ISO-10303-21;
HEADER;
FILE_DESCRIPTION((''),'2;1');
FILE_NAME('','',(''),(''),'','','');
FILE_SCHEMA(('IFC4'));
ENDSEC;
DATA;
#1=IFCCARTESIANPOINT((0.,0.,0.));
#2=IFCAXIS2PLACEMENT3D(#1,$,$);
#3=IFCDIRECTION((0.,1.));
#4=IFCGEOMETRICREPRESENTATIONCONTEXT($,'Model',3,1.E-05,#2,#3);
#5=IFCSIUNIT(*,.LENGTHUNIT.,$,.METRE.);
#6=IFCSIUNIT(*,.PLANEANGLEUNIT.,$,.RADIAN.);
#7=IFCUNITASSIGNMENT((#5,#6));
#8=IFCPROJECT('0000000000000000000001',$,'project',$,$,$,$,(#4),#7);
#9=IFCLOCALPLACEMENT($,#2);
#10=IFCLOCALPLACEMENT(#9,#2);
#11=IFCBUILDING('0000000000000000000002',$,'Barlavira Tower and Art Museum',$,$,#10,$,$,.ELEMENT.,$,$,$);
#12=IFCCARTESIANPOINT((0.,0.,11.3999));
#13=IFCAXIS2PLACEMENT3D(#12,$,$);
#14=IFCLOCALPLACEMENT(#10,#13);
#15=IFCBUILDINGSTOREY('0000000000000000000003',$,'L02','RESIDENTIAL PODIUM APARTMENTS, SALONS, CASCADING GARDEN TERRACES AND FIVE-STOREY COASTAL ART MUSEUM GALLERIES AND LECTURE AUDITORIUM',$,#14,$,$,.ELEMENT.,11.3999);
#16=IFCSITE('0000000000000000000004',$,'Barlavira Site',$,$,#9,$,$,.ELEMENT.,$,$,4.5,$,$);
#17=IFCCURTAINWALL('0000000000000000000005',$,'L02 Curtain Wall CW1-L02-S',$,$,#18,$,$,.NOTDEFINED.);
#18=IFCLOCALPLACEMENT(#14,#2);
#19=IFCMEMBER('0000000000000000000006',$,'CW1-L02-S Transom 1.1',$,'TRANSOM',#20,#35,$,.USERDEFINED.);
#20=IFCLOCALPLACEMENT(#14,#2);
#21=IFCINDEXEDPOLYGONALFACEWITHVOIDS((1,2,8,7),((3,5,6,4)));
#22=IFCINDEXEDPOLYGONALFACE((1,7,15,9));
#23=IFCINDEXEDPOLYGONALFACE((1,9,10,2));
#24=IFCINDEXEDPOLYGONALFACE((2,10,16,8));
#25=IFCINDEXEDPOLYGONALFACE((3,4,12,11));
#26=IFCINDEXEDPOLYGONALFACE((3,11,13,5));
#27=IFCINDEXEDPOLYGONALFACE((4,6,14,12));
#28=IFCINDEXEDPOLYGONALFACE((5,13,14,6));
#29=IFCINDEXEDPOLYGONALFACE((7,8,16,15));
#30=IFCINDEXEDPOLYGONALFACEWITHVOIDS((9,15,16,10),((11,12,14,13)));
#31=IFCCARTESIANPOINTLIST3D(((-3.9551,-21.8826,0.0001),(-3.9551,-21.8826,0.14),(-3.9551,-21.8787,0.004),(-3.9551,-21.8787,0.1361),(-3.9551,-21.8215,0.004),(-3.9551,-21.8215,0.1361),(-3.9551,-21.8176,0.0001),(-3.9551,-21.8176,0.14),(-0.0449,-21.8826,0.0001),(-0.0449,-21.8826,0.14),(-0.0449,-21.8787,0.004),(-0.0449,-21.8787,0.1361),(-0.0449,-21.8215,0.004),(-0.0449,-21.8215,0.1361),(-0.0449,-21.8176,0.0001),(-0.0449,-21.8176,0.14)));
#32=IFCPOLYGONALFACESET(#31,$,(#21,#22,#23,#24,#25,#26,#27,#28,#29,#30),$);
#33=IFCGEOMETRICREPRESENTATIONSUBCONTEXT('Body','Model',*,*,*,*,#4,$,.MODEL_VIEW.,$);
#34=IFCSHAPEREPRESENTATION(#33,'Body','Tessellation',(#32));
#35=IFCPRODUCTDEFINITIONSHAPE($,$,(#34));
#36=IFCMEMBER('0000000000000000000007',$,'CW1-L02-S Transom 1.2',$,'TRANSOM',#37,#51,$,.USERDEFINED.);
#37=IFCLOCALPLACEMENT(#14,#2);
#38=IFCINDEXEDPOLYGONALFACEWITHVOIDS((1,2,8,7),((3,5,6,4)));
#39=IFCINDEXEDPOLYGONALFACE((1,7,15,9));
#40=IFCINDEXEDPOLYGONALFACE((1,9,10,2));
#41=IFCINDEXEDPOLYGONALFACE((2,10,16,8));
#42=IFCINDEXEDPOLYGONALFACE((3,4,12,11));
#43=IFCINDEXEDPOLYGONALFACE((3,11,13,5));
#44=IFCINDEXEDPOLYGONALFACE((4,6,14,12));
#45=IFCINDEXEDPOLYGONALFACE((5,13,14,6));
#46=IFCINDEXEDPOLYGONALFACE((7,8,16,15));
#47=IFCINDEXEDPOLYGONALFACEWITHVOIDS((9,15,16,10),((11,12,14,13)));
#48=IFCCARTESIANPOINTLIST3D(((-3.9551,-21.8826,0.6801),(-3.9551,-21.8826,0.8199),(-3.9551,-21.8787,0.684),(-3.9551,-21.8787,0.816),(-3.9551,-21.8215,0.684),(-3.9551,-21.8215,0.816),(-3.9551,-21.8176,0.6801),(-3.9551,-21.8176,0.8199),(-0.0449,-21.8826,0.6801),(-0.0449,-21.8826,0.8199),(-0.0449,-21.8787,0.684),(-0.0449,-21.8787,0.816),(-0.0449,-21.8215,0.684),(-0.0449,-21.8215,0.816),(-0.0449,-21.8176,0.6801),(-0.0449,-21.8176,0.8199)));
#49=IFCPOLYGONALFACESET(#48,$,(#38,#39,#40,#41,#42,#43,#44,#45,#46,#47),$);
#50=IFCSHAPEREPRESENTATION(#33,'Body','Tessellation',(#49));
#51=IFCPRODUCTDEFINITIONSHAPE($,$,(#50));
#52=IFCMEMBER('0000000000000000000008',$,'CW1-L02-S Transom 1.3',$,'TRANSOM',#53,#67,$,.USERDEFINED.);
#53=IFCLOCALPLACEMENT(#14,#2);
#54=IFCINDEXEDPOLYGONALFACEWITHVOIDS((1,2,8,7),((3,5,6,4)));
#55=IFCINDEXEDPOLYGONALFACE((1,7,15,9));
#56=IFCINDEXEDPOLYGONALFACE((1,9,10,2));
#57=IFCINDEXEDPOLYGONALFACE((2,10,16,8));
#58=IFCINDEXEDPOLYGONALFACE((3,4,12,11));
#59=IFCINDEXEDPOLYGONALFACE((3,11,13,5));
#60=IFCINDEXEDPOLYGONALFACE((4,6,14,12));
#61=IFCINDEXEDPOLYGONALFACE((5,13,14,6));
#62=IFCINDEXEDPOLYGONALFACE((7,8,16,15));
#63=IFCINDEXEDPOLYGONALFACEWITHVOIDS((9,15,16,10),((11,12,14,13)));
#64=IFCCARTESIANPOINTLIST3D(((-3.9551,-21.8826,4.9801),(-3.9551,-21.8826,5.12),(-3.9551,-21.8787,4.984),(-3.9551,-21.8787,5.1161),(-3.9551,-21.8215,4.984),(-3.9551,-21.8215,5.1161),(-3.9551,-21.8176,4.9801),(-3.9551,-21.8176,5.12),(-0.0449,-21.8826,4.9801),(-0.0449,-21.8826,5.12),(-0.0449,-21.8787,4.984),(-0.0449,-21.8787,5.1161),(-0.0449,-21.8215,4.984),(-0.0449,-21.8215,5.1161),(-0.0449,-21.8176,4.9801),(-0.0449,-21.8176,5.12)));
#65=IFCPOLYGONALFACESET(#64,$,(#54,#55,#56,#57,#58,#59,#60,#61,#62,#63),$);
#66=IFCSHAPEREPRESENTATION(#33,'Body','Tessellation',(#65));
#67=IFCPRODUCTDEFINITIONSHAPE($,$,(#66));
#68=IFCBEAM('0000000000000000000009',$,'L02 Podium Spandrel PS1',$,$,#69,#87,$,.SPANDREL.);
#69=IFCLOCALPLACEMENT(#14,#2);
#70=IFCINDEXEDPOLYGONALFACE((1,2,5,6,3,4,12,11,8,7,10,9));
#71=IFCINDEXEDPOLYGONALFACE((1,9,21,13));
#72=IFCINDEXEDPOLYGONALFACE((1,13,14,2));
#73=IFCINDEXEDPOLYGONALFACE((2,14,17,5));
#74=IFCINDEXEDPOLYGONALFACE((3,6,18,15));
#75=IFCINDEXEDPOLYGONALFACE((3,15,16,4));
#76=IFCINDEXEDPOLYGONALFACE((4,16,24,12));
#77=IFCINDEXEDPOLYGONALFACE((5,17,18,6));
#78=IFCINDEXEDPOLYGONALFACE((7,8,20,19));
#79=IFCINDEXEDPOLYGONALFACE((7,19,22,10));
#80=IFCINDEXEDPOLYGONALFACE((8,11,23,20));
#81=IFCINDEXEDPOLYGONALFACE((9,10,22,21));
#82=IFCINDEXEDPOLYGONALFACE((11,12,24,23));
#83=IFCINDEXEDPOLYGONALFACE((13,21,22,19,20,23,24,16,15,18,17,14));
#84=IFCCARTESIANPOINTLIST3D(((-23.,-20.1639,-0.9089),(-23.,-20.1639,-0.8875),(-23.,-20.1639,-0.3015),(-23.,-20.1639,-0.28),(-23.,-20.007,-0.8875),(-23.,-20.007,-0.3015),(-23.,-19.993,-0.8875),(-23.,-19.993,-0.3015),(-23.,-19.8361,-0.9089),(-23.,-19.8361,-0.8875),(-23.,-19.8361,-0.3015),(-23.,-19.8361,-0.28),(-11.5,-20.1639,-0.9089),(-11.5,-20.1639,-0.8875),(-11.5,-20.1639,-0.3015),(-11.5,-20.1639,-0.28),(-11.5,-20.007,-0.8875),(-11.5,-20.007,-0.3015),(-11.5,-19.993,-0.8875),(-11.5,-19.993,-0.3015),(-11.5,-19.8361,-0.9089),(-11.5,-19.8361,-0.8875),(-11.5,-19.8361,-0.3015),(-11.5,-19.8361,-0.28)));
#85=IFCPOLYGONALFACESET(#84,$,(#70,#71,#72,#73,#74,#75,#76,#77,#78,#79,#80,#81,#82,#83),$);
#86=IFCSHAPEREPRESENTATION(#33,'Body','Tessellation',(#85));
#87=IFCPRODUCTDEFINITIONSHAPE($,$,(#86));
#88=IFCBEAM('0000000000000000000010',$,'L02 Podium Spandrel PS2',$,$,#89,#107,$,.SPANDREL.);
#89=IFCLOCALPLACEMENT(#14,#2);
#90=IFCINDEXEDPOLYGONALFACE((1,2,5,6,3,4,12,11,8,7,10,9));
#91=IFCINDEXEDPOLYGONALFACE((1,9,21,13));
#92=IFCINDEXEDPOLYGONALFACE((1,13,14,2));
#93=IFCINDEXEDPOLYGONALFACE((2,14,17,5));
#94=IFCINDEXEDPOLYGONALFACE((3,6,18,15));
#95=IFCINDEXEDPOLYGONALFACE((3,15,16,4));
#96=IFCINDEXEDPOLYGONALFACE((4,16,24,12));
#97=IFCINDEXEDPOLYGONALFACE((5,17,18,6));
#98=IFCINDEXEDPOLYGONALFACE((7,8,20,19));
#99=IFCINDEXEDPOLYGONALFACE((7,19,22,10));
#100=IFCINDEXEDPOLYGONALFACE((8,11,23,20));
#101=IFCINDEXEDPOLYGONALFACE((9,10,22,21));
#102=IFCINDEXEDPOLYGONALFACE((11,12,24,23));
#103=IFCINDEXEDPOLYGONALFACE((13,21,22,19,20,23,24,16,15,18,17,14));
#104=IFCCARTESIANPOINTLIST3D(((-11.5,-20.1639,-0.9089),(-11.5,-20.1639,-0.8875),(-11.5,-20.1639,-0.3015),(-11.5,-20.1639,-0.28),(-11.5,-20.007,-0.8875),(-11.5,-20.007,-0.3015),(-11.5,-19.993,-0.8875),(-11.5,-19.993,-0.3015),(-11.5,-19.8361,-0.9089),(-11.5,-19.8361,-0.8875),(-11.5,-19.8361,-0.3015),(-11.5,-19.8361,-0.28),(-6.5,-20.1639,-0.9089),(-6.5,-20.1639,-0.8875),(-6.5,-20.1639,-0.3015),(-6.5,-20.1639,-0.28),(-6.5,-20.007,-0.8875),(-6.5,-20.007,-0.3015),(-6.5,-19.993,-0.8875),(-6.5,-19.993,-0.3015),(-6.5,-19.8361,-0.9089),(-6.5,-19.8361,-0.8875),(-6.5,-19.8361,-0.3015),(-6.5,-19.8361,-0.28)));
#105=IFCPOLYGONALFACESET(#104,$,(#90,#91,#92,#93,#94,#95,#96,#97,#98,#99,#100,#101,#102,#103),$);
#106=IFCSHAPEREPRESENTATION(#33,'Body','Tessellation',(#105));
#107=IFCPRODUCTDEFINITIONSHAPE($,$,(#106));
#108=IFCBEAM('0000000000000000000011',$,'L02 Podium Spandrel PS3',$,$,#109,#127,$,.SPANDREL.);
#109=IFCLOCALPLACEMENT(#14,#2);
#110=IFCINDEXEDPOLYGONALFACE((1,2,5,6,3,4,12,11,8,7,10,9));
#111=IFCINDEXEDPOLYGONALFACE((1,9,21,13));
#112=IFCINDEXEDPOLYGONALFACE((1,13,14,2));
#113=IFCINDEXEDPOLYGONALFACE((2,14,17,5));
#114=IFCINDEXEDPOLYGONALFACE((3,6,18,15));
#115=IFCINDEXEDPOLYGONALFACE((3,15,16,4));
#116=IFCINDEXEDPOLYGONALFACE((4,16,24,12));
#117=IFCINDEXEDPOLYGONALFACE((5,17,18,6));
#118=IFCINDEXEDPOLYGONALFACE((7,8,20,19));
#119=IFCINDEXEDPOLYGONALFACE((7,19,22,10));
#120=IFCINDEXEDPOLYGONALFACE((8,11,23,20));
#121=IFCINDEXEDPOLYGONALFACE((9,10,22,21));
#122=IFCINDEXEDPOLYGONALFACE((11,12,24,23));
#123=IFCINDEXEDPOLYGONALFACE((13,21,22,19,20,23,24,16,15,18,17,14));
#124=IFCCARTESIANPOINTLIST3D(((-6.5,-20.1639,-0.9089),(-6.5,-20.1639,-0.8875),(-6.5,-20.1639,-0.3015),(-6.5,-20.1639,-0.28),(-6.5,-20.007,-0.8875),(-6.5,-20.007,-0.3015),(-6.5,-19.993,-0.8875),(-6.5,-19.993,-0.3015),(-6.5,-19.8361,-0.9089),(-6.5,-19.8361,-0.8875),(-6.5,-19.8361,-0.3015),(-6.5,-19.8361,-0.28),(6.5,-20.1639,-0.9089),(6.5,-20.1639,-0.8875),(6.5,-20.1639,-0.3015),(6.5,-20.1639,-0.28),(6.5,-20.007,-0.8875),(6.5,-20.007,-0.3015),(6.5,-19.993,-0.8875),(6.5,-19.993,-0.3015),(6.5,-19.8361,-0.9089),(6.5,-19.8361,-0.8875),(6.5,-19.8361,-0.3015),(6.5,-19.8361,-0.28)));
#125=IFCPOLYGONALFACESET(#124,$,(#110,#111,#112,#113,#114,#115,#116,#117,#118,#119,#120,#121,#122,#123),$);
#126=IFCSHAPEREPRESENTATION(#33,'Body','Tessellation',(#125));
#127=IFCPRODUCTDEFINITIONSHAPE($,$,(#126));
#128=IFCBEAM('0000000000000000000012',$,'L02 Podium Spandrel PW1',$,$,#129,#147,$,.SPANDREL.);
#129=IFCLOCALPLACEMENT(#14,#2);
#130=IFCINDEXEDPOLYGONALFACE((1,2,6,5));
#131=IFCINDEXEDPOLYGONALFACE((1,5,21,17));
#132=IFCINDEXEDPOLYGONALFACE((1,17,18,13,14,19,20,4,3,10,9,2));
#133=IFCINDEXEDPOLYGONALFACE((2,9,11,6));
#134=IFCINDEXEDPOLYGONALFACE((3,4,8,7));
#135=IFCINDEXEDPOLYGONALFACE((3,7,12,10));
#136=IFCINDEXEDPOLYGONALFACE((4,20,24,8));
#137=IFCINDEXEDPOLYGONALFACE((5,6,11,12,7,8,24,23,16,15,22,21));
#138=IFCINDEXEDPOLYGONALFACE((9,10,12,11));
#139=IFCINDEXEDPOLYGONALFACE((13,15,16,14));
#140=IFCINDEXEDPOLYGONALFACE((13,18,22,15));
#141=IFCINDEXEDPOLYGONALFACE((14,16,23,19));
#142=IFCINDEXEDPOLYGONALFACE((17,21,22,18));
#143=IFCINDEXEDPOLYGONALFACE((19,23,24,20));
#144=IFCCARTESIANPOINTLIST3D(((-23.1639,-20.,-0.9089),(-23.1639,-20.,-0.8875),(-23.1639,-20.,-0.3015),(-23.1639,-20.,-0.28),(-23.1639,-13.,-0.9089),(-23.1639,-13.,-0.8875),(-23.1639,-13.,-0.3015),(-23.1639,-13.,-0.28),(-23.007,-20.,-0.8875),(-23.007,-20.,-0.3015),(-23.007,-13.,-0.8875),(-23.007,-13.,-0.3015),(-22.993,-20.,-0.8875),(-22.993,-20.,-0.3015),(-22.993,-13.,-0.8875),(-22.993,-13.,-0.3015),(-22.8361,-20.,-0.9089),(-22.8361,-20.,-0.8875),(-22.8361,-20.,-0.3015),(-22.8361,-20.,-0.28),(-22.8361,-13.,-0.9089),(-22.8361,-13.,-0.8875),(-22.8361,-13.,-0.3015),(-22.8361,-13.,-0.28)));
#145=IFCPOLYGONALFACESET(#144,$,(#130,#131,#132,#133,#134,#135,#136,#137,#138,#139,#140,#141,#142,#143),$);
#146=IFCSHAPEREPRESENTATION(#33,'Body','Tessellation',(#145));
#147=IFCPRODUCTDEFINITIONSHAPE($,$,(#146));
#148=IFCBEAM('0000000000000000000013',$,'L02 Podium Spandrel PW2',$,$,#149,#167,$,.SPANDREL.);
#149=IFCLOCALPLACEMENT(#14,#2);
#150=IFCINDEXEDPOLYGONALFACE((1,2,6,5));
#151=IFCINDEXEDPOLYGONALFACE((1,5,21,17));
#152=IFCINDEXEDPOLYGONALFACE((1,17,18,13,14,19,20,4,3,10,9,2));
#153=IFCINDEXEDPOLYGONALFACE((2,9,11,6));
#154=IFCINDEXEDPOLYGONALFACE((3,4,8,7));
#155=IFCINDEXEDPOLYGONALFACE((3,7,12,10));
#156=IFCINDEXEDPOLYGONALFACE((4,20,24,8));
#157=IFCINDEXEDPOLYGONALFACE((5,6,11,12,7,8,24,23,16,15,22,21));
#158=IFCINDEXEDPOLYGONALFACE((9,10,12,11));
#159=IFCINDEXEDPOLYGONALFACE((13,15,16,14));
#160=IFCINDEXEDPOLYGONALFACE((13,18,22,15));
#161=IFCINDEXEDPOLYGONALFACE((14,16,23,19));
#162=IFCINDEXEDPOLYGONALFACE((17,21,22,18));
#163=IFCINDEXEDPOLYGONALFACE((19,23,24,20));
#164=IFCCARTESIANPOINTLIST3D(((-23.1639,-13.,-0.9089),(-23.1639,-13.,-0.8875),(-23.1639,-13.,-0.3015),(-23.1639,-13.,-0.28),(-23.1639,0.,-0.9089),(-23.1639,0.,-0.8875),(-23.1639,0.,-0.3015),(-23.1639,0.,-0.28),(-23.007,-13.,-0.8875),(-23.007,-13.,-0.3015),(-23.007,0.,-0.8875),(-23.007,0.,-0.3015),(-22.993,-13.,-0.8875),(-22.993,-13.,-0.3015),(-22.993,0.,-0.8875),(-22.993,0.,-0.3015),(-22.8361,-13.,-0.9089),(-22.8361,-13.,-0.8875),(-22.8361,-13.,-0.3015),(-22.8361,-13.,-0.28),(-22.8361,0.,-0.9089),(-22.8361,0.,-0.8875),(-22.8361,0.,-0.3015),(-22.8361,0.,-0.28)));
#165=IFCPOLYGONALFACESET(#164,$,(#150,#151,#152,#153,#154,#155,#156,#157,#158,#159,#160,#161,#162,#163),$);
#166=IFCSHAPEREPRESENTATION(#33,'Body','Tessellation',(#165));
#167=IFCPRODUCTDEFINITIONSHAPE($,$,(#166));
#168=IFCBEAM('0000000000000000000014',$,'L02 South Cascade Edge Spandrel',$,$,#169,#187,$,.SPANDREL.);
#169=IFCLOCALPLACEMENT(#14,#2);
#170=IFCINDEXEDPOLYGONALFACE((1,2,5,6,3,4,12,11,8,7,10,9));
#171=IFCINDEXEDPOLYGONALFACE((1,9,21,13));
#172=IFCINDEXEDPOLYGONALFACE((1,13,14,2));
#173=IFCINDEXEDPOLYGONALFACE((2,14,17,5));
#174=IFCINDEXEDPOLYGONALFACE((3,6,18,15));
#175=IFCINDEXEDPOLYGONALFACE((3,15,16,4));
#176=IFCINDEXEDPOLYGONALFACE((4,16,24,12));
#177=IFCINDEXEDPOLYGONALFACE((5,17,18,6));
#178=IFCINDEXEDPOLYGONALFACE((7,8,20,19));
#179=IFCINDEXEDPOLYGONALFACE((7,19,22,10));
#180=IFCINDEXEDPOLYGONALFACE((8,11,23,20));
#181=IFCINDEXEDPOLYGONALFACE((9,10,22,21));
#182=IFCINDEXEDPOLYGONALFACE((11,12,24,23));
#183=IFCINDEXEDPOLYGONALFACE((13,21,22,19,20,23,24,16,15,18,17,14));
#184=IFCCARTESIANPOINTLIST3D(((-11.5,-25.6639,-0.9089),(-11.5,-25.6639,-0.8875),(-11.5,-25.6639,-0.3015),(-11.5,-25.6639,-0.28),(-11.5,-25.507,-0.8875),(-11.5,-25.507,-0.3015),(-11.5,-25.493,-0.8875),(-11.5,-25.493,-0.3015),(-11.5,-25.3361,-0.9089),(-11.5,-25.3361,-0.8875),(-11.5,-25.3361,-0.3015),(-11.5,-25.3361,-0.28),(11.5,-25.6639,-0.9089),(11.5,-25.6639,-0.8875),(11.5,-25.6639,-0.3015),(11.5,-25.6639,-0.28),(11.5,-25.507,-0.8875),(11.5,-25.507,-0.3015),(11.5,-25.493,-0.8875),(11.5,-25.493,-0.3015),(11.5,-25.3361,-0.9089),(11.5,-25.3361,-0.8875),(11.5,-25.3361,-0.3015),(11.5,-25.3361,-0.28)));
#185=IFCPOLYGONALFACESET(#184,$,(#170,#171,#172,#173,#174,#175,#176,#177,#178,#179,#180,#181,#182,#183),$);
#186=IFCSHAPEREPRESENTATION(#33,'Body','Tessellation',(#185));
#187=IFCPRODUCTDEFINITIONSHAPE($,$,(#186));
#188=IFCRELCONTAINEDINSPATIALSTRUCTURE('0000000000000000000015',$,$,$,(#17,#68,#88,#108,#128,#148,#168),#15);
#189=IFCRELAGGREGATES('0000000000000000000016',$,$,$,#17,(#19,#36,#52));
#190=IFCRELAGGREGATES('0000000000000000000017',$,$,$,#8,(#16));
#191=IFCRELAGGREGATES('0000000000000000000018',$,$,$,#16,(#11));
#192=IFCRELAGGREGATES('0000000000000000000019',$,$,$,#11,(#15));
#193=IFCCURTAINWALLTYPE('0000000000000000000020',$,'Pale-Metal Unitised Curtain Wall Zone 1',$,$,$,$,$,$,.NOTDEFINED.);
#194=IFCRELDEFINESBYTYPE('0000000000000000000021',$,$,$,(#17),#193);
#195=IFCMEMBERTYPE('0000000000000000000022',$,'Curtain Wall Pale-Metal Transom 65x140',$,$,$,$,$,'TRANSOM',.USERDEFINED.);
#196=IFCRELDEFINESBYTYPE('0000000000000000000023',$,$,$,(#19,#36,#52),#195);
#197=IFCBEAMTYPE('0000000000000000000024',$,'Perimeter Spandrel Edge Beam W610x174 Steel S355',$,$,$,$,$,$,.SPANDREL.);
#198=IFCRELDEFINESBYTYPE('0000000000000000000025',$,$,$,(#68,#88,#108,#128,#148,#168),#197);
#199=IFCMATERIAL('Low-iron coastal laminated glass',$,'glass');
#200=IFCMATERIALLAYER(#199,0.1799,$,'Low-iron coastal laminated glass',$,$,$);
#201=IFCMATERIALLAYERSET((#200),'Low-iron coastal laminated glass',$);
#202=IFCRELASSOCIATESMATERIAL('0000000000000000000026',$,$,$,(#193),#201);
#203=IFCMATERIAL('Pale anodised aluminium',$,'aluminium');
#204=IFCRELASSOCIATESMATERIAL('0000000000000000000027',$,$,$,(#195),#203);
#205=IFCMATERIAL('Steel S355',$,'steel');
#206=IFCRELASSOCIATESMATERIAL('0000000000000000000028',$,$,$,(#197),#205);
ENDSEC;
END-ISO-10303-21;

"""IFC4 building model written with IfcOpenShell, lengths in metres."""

from ifc_helpers import new_model, si_unit, direction, frame, origin, origin_2d, place, context, subcontext, project, spatial, hollow_rectangle, i_section, extrude, material, layer, layer_set, material_profile, profile_set, type_object, element, aggregate, save


model = new_model("IFC4")

# Units and contexts
model_context = context("Model", 3, precision=1e-05, world=origin(), true_north=direction((0.0, 1.0)))
body_context = subcontext(model_context, "Body", "Model", "MODEL_VIEW")
ifc_project = project(units=[si_unit("LENGTHUNIT", "METRE"), si_unit("PLANEANGLEUNIT", "RADIAN")], contexts=[model_context])

# Site, building, storey
site_placement = place(None, origin())
site = spatial("IfcSite", under=ifc_project, at=site_placement, Name="Barlavira Site", CompositionType="ELEMENT", RefElevation=4.5)
building_placement = place(site_placement, origin())
building = spatial("IfcBuilding", under=site, at=building_placement, Name="Barlavira Tower and Art Museum", CompositionType="ELEMENT")
storey_placement = place(building_placement, frame((0.0, 0.0, 11.3999)))
storey = spatial("IfcBuildingStorey", under=building, at=storey_placement, Name="L02", Description="RESIDENTIAL PODIUM APARTMENTS, SALONS, CASCADING GARDEN TERRACES AND FIVE-STOREY COASTAL ART MUSEUM GALLERIES AND LECTURE AUDITORIUM", CompositionType="ELEMENT", Elevation=11.3999)

# Curtain wall, members
ifc_material_1 = material(Name="Low-iron coastal laminated glass", Category="glass")
ifc_layer_1 = layer(ifc_material_1, 0.1799, Name="Low-iron coastal laminated glass")
ifc_layer_set_1 = layer_set([ifc_layer_1], Name="Low-iron coastal laminated glass")
curtain_wall_type = type_object("IfcCurtainWallType", Name="Pale-Metal Unitised Curtain Wall Zone 1", PredefinedType="NOTDEFINED", material=ifc_layer_set_1)
curtain_wall_placement = place(storey_placement, origin())
curtain_wall = element("IfcCurtainWall", 1, at=curtain_wall_placement, inside=storey, type_object=curtain_wall_type, Name="L02 Curtain Wall CW1-L02-S", PredefinedType="NOTDEFINED")
ifc_material_2 = material(Name="Pale anodised aluminium", Category="aluminium")
ifc_material_profile_1 = material_profile(ifc_material_2, hollow_rectangle(XDim=0.0649, YDim=0.1399, WallThickness=0.0039, at=origin_2d()), Name="ALU-TRAN 65x140x4")
ifc_profile_set_1 = profile_set([ifc_material_profile_1], Name="Pale anodised aluminium")
member_type_1 = type_object("IfcMemberType", Name="Curtain Wall Pale-Metal Transom 65x140", ElementType="TRANSOM", PredefinedType="USERDEFINED", material=ifc_profile_set_1)
member_1_placement = place(storey_placement, frame((-3.9551, -21.8501, 0.0701), z_axis=(1.0, 0.0, 0.0), x_axis=(0.0, 1.0, 0.0)))
member_1 = element("IfcMember", 2, at=member_1_placement, type_object=member_type_1, Name="CW1-L02-S Transom 1.1", ObjectType="TRANSOM", PredefinedType="USERDEFINED", context=body_context, shape_type="SweptSolid", body=[
    extrude(hollow_rectangle(XDim=0.0649, YDim=0.1399, WallThickness=0.0039, at=origin_2d()), origin(), (0.0, 0.0, 1.0), 3.9102),
])
member_2_placement = place(storey_placement, frame((-3.9551, -21.8501, 0.75), z_axis=(1.0, 0.0, 0.0), x_axis=(0.0, 1.0, 0.0)))
member_2 = element("IfcMember", 3, at=member_2_placement, type_object=member_type_1, Name="CW1-L02-S Transom 1.2", ObjectType="TRANSOM", PredefinedType="USERDEFINED", context=body_context, shape_type="SweptSolid", body=[
    extrude(hollow_rectangle(XDim=0.0649, YDim=0.1399, WallThickness=0.0039, at=origin_2d()), origin(), (0.0, 0.0, 1.0), 3.9102),
])
member_3_placement = place(storey_placement, frame((-3.9551, -21.8501, 5.05), z_axis=(1.0, 0.0, 0.0), x_axis=(0.0, 1.0, 0.0)))
member_3 = element("IfcMember", 4, at=member_3_placement, type_object=member_type_1, Name="CW1-L02-S Transom 1.3", ObjectType="TRANSOM", PredefinedType="USERDEFINED", context=body_context, shape_type="SweptSolid", body=[
    extrude(hollow_rectangle(XDim=0.0649, YDim=0.1399, WallThickness=0.0039, at=origin_2d()), origin(), (0.0, 0.0, 1.0), 3.9102),
])

# Beams
ifc_material_3 = material(Name="Steel S355", Category="steel")
ifc_material_profile_2 = material_profile(ifc_material_3, i_section(OverallWidth=0.3279, OverallDepth=0.6289, WebThickness=0.0139, FlangeThickness=0.0215, at=origin_2d()), Name="W610x174.0")
ifc_profile_set_2 = profile_set([ifc_material_profile_2], Name="Steel S355")
beam_type_1 = type_object("IfcBeamType", Name="Perimeter Spandrel Edge Beam W610x174 Steel S355", PredefinedType="SPANDREL", material=ifc_profile_set_2)
beam_1_placement = place(storey_placement, frame((-23.0, -20.0, -0.5945), z_axis=(1.0, 0.0, 0.0), x_axis=(0.0, 1.0, 0.0)))
element("IfcBeam", 5, at=beam_1_placement, inside=storey, type_object=beam_type_1, Name="L02 Podium Spandrel PS1", PredefinedType="SPANDREL", context=body_context, shape_type="SweptSolid", body=[
    extrude(i_section(OverallWidth=0.3279, OverallDepth=0.6289, WebThickness=0.0139, FlangeThickness=0.0215, at=origin_2d()), origin(), (0.0, 0.0, 1.0), 11.5),
])
beam_2_placement = place(storey_placement, frame((-11.5, -20.0, -0.5945), z_axis=(1.0, 0.0, 0.0), x_axis=(0.0, 1.0, 0.0)))
element("IfcBeam", 6, at=beam_2_placement, inside=storey, type_object=beam_type_1, Name="L02 Podium Spandrel PS2", PredefinedType="SPANDREL", context=body_context, shape_type="SweptSolid", body=[
    extrude(i_section(OverallWidth=0.3279, OverallDepth=0.6289, WebThickness=0.0139, FlangeThickness=0.0215, at=origin_2d()), origin(), (0.0, 0.0, 1.0), 5.0),
])
beam_3_placement = place(storey_placement, frame((-6.5, -20.0, -0.5945), z_axis=(1.0, 0.0, 0.0), x_axis=(0.0, 1.0, 0.0)))
element("IfcBeam", 7, at=beam_3_placement, inside=storey, type_object=beam_type_1, Name="L02 Podium Spandrel PS3", PredefinedType="SPANDREL", context=body_context, shape_type="SweptSolid", body=[
    extrude(i_section(OverallWidth=0.3279, OverallDepth=0.6289, WebThickness=0.0139, FlangeThickness=0.0215, at=origin_2d()), origin(), (0.0, 0.0, 1.0), 13.0),
])
beam_4_placement = place(storey_placement, frame((-23.0, -20.0, -0.5945), z_axis=(0.0, 1.0, 0.0), x_axis=(-1.0, 0.0, 0.0)))
element("IfcBeam", 8, at=beam_4_placement, inside=storey, type_object=beam_type_1, Name="L02 Podium Spandrel PW1", PredefinedType="SPANDREL", context=body_context, shape_type="SweptSolid", body=[
    extrude(i_section(OverallWidth=0.3279, OverallDepth=0.6289, WebThickness=0.0139, FlangeThickness=0.0215, at=origin_2d()), origin(), (0.0, 0.0, 1.0), 7.0),
])
beam_5_placement = place(storey_placement, frame((-23.0, -13.0, -0.5945), z_axis=(0.0, 1.0, 0.0), x_axis=(-1.0, 0.0, 0.0)))
element("IfcBeam", 9, at=beam_5_placement, inside=storey, type_object=beam_type_1, Name="L02 Podium Spandrel PW2", PredefinedType="SPANDREL", context=body_context, shape_type="SweptSolid", body=[
    extrude(i_section(OverallWidth=0.3279, OverallDepth=0.6289, WebThickness=0.0139, FlangeThickness=0.0215, at=origin_2d()), origin(), (0.0, 0.0, 1.0), 13.0),
])
beam_6_placement = place(storey_placement, frame((-11.5, -25.5, -0.5945), z_axis=(1.0, 0.0, 0.0), x_axis=(0.0, 1.0, 0.0)))
element("IfcBeam", 10, at=beam_6_placement, inside=storey, type_object=beam_type_1, Name="L02 South Cascade Edge Spandrel", PredefinedType="SPANDREL", context=body_context, shape_type="SweptSolid", body=[
    extrude(i_section(OverallWidth=0.3279, OverallDepth=0.6289, WebThickness=0.0139, FlangeThickness=0.0215, at=origin_2d()), origin(), (0.0, 0.0, 1.0), 23.0),
])

aggregate(curtain_wall, [member_1, member_2, member_3])

save(model, "model.ifc")
